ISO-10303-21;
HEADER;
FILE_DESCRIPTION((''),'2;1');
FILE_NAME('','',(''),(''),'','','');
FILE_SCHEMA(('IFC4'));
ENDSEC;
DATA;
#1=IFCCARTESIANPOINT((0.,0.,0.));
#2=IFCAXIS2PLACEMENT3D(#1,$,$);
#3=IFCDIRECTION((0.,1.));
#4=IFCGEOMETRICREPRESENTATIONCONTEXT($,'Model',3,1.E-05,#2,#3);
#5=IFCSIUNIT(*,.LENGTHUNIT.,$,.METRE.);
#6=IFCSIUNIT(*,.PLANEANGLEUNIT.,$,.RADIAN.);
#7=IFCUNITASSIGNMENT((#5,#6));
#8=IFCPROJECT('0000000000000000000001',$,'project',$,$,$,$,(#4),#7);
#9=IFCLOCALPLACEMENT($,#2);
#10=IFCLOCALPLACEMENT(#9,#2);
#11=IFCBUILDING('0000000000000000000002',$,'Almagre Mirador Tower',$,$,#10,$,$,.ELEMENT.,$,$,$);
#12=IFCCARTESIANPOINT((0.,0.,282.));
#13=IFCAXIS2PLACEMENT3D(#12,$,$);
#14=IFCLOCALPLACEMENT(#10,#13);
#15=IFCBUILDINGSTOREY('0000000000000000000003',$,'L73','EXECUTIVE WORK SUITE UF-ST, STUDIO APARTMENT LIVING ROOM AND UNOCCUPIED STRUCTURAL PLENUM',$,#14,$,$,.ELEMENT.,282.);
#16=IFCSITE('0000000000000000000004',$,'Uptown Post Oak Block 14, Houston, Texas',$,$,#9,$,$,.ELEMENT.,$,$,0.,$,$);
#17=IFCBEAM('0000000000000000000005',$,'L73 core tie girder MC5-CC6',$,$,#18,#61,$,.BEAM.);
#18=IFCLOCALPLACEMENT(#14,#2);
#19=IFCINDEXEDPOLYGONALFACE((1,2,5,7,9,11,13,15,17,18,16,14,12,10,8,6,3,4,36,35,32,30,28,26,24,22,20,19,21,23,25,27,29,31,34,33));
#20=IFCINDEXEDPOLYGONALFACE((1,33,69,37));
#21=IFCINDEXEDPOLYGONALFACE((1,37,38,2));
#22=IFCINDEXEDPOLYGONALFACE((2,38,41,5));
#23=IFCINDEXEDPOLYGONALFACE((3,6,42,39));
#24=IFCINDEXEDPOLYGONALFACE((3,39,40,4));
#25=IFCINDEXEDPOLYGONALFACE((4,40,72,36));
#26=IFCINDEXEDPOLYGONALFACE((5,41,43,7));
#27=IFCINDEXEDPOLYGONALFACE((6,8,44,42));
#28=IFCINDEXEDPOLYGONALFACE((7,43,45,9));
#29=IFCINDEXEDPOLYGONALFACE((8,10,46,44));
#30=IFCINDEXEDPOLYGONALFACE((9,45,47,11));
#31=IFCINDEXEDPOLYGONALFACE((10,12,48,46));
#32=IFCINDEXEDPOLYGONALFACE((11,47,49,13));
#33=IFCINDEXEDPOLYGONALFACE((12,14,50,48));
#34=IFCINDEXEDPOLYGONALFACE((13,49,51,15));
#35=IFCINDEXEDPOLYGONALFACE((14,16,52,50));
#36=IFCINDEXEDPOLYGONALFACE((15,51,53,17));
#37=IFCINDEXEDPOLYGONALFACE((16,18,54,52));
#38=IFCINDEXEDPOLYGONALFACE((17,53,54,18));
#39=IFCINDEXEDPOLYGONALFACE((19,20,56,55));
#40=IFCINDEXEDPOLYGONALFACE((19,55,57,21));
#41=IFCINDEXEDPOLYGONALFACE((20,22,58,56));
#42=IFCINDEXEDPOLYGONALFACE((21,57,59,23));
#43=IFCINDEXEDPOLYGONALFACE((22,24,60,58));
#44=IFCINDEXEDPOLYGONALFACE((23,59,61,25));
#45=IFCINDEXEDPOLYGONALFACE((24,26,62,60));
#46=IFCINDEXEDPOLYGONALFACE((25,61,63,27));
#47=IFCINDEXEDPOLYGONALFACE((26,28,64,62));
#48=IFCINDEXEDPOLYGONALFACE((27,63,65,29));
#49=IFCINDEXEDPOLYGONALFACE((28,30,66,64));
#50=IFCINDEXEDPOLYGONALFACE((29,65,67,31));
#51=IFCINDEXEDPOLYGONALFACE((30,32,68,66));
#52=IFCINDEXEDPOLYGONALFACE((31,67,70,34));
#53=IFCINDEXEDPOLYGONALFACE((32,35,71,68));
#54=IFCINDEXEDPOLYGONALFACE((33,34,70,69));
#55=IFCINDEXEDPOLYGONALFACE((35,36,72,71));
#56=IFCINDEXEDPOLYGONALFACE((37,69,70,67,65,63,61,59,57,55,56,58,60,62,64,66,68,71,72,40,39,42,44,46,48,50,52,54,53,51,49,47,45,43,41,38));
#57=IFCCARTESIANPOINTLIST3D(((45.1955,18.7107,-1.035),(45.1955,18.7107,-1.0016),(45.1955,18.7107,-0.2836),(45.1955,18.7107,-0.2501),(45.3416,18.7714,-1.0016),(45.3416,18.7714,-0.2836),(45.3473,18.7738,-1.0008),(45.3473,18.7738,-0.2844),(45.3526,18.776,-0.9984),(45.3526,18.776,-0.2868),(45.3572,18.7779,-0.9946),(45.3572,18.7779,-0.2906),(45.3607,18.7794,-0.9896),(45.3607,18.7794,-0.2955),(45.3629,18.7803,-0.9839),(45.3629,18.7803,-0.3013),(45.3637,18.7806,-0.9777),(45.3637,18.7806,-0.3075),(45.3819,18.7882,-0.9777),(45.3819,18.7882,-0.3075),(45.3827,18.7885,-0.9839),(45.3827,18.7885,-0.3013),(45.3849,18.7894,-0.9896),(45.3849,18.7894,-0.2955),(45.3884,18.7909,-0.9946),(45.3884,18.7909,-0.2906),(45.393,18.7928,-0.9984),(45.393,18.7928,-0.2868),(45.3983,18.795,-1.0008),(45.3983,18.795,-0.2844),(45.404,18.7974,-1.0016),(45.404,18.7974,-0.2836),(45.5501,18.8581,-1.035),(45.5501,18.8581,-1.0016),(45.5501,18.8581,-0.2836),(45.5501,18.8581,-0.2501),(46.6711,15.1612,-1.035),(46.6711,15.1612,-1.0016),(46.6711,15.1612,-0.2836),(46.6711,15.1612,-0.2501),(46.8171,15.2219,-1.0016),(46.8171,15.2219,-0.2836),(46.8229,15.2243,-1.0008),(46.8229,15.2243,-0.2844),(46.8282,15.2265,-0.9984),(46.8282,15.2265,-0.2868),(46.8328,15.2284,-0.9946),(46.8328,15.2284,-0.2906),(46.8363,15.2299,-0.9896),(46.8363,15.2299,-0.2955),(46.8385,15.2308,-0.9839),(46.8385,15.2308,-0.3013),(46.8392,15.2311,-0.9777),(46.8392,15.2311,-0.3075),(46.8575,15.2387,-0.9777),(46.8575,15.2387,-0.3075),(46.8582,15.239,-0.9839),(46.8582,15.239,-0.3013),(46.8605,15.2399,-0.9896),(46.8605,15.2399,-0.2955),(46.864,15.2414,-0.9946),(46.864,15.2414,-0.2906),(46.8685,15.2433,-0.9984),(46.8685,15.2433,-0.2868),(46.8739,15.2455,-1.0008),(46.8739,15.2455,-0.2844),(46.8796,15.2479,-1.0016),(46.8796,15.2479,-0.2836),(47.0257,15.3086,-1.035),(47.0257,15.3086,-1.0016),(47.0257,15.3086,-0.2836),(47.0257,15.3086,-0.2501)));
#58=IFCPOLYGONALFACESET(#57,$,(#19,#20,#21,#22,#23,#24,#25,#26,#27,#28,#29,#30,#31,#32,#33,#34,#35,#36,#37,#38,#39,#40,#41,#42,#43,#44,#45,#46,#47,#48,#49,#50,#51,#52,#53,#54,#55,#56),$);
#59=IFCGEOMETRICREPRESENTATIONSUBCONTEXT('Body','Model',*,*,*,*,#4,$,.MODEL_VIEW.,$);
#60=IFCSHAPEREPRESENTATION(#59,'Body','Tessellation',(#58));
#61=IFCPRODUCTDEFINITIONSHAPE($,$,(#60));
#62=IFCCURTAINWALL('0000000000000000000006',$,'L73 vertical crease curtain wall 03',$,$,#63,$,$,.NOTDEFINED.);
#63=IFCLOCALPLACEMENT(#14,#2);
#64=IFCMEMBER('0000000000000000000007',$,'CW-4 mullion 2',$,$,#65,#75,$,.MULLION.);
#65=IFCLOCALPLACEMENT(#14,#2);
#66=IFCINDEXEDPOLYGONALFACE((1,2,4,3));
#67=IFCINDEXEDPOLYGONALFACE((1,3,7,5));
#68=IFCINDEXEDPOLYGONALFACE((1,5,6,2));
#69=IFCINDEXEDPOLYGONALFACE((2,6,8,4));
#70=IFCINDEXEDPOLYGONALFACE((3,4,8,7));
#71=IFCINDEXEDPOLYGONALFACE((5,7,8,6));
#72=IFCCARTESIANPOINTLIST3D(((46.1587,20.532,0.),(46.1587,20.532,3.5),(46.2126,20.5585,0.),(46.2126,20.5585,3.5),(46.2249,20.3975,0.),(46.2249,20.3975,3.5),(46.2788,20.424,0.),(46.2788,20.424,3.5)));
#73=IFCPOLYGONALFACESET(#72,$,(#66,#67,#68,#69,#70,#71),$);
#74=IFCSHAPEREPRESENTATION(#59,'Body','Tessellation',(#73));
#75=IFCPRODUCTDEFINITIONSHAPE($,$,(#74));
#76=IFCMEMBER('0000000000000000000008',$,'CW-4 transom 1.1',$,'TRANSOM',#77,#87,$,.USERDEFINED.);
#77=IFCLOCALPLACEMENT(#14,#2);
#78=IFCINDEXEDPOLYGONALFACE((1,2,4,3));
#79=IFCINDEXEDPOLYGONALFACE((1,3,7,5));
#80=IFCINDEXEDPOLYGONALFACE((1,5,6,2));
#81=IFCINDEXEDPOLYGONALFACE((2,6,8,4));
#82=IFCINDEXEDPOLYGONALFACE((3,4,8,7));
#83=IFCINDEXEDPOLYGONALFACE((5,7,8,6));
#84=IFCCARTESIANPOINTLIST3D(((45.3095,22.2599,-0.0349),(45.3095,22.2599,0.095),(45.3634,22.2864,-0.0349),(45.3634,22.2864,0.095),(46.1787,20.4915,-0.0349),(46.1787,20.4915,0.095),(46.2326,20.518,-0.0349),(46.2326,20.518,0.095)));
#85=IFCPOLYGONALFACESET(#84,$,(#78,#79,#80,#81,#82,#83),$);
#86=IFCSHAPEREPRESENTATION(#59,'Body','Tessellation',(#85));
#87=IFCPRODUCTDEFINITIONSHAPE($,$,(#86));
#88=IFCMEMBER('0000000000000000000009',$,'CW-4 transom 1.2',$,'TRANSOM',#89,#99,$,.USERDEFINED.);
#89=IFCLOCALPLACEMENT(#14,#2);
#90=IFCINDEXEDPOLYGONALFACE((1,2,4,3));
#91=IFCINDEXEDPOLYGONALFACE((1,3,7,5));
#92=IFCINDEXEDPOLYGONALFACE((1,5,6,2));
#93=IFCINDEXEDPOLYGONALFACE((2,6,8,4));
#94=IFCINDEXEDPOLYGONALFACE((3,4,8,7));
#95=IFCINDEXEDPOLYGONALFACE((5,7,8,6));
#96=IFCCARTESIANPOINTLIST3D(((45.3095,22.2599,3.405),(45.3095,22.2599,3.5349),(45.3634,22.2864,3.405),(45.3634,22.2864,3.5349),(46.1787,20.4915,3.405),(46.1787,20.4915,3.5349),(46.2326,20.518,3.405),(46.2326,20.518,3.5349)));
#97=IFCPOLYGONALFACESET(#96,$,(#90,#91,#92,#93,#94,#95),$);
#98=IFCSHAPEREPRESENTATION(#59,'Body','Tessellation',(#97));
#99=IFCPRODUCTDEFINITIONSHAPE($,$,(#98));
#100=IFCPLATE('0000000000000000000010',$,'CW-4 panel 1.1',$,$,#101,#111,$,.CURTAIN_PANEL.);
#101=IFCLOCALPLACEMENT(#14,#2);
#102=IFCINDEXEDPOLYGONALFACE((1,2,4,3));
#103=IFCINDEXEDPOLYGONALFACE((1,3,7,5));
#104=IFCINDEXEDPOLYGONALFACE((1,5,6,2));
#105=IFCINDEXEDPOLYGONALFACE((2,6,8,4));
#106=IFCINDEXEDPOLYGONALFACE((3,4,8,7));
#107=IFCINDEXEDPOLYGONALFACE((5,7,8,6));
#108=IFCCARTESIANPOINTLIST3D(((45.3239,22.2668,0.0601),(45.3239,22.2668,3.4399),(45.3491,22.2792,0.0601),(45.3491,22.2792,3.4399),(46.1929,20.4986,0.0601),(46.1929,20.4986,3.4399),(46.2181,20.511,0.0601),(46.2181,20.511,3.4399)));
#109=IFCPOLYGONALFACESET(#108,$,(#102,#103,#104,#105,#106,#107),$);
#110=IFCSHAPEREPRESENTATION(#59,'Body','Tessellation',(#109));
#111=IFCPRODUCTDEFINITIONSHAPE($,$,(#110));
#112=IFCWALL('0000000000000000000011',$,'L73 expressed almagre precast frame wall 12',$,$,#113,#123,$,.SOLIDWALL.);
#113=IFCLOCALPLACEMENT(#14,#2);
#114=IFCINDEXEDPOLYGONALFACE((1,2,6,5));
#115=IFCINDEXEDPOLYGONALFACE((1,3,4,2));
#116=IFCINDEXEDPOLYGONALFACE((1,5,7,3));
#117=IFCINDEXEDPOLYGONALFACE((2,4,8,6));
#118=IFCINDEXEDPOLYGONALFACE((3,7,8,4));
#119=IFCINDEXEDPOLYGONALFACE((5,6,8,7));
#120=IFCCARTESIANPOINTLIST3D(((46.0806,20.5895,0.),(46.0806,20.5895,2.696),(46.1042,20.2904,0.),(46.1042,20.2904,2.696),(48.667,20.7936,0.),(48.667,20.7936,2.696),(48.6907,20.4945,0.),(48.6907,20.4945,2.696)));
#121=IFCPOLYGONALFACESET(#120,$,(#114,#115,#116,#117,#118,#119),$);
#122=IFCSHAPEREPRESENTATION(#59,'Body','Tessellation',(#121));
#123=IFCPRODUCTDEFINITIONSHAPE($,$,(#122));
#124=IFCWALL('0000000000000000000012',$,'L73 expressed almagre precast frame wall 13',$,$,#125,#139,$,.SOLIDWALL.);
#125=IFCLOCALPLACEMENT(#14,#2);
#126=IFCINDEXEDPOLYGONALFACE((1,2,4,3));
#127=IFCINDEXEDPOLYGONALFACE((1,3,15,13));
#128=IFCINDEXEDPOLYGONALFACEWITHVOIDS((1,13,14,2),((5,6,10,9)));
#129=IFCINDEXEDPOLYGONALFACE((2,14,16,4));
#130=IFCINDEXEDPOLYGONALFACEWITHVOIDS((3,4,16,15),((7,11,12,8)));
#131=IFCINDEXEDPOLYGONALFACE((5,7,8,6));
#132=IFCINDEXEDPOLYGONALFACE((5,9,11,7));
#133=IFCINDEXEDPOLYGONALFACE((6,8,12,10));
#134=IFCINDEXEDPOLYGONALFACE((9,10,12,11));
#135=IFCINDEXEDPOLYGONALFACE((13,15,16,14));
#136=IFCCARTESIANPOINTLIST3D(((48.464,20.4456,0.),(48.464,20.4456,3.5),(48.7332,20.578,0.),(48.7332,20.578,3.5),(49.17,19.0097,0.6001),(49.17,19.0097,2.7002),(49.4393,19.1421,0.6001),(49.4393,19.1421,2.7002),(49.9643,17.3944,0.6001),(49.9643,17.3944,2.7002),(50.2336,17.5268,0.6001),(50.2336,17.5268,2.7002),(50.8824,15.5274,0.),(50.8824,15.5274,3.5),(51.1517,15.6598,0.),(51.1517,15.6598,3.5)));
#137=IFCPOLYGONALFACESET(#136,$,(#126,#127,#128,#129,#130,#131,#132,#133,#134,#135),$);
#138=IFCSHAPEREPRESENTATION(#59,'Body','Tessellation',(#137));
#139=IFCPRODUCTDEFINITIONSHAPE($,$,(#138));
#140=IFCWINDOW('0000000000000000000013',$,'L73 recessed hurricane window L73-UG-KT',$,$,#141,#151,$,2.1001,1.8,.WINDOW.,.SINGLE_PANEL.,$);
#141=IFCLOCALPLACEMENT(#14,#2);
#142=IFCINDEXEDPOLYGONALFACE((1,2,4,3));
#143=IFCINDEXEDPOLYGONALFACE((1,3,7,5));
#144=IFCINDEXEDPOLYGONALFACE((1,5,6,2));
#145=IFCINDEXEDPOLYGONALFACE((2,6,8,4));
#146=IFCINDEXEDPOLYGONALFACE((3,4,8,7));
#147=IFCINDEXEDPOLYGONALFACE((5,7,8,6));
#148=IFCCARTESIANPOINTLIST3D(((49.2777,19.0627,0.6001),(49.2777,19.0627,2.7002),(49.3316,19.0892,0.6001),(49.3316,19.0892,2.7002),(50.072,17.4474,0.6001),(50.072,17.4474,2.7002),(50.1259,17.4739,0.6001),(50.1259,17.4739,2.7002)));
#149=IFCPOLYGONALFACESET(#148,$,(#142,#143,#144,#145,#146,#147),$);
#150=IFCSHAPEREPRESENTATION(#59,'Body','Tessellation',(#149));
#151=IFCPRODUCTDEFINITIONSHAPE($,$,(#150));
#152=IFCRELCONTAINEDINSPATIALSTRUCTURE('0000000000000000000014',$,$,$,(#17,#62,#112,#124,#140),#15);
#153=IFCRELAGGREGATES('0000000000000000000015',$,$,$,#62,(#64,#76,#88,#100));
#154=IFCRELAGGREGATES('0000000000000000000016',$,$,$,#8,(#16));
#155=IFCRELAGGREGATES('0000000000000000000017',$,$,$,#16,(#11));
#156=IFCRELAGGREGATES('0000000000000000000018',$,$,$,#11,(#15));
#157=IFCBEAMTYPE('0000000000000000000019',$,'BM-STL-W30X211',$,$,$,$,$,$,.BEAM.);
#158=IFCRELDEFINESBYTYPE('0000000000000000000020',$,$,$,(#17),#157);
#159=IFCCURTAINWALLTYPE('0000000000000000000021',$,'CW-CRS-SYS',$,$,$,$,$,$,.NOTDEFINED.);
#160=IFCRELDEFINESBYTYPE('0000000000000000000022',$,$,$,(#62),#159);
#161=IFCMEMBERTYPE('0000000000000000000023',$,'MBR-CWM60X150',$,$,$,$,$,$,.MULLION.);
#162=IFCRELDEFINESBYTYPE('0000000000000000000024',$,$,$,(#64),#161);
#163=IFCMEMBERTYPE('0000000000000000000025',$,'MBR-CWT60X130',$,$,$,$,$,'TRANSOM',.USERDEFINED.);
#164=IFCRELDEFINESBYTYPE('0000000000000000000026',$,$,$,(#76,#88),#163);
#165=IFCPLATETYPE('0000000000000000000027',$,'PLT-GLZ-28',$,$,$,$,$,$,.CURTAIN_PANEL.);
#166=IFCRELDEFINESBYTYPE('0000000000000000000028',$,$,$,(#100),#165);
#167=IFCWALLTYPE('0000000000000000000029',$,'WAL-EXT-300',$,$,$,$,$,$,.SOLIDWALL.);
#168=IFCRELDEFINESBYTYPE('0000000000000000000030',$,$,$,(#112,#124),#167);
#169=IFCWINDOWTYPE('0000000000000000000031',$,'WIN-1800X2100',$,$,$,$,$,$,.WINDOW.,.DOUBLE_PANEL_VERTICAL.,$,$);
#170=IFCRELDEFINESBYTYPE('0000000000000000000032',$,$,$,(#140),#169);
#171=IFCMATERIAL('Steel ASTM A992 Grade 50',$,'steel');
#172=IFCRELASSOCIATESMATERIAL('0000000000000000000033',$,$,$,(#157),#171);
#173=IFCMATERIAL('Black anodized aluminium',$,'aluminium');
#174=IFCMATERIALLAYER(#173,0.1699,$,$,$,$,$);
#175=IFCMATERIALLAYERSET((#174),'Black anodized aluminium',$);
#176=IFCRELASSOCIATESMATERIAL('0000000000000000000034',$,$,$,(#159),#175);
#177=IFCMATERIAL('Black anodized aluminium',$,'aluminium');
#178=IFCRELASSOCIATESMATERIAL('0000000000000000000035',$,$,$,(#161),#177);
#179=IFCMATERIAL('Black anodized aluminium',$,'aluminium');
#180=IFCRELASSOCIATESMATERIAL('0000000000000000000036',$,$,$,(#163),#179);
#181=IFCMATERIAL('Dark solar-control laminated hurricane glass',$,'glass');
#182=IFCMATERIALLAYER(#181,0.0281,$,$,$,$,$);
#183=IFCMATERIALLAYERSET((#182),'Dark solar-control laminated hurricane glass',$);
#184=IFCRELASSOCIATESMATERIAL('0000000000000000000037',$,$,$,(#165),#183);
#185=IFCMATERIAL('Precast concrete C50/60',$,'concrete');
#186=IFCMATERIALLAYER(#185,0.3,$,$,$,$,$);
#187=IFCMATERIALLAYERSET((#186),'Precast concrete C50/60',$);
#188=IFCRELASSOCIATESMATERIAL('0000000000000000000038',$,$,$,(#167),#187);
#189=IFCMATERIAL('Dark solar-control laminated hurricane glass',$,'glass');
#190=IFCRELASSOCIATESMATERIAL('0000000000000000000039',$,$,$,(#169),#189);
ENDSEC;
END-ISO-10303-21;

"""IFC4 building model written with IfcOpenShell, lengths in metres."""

from ifc_helpers import new_model, si_unit, direction, frame, frame_2d, origin, origin_2d, place, context, subcontext, project, spatial, rectangle, i_section, extrude, material, layer, layer_set, material_profile, profile_set, type_object, element, fill, aggregate, save


model = new_model("IFC4")

# Units and contexts
model_context = context("Model", 3, precision=1e-05, world=origin(), true_north=direction((0.0, 1.0)))
body_context = subcontext(model_context, "Body", "Model", "MODEL_VIEW")
ifc_project = project(units=[si_unit("LENGTHUNIT", "METRE"), si_unit("PLANEANGLEUNIT", "RADIAN")], contexts=[model_context])

# Site, building, storey
site_placement = place(None, origin())
site = spatial("IfcSite", under=ifc_project, at=site_placement, Name="Uptown Post Oak Block 14, Houston, Texas", CompositionType="ELEMENT", RefElevation=0.0)
building_placement = place(site_placement, origin())
building = spatial("IfcBuilding", under=site, at=building_placement, Name="Almagre Mirador Tower", CompositionType="ELEMENT")
storey_placement = place(building_placement, frame((0.0, 0.0, 282.0)))
storey = spatial("IfcBuildingStorey", under=building, at=storey_placement, Name="L73", Description="EXECUTIVE WORK SUITE UF-ST, STUDIO APARTMENT LIVING ROOM AND UNOCCUPIED STRUCTURAL PLENUM", CompositionType="ELEMENT", Elevation=282.0)

# Beam
ifc_material_1 = material(Name="Steel ASTM A992 Grade 50", Category="steel")
ifc_material_profile_1 = material_profile(ifc_material_1, i_section(OverallWidth=0.384, OverallDepth=0.7849, WebThickness=0.0198, FlangeThickness=0.0334, FilletRadius=0.0239, at=origin_2d()), Name="W30X211")
ifc_profile_set_1 = profile_set([ifc_material_profile_1], Name="Steel ASTM A992 Grade 50")
beam_type_1 = type_object("IfcBeamType", Name="BM-STL-W30X211", PredefinedType="BEAM", material=ifc_profile_set_1)
beam_1_placement = place(storey_placement, frame((45.3728, 18.7844, -0.6426), z_axis=(0.383862, -0.92339, 0.0), x_axis=(0.92339, 0.383862, 0.0)))
element("IfcBeam", 1, at=beam_1_placement, inside=storey, type_object=beam_type_1, Name="L73 core tie girder MC5-CC6", PredefinedType="BEAM", context=body_context, shape_type="SweptSolid", body=[
    extrude(i_section(OverallWidth=0.384, OverallDepth=0.7849, WebThickness=0.0198, FlangeThickness=0.0334, FilletRadius=0.0239, at=origin_2d()), origin(), (0.0, 0.0, 1.0), 3.844),
])

# Curtain wall, members, plate
ifc_material_2 = material(Name="Black anodized aluminium", Category="aluminium")
ifc_layer_1 = layer(ifc_material_2, 0.1699)
ifc_layer_set_1 = layer_set([ifc_layer_1], Name="Black anodized aluminium")
curtain_wall_type = type_object("IfcCurtainWallType", Name="CW-CRS-SYS", PredefinedType="NOTDEFINED", material=ifc_layer_set_1)
curtain_wall_placement = place(storey_placement, origin())
curtain_wall = element("IfcCurtainWall", 2, at=curtain_wall_placement, inside=storey, type_object=curtain_wall_type, Name="L73 vertical crease curtain wall 03", PredefinedType="NOTDEFINED")
ifc_material_3 = material(Name="Black anodized aluminium", Category="aluminium")
ifc_material_profile_2 = material_profile(ifc_material_3, rectangle(XDim=0.0601, YDim=0.1499, at=origin_2d()), Name="CWM60X150")
ifc_profile_set_2 = profile_set([ifc_material_profile_2], Name="Black anodized aluminium")
member_type_1 = type_object("IfcMemberType", Name="MBR-CWM60X150", PredefinedType="MULLION", material=ifc_profile_set_2)
member_1_placement = place(storey_placement, frame((46.2188, 20.478, 0.0), z_axis=(0.0, 0.0, 1.0), x_axis=(0.897468, 0.44108, 0.0)))
member_1 = element("IfcMember", 3, at=member_1_placement, type_object=member_type_1, Name="CW-4 mullion 2", PredefinedType="MULLION", context=body_context, shape_type="SweptSolid", body=[
    extrude(rectangle(XDim=0.0601, YDim=0.1499, at=origin_2d()), origin(), (0.0, 0.0, 1.0), 3.5),
])
ifc_material_4 = material(Name="Black anodized aluminium", Category="aluminium")
ifc_material_profile_3 = material_profile(ifc_material_4, rectangle(XDim=0.0601, YDim=0.1299, at=origin_2d()), Name="CWT60X130")
ifc_profile_set_3 = profile_set([ifc_material_profile_3], Name="Black anodized aluminium")
member_type_2 = type_object("IfcMemberType", Name="MBR-CWT60X130", ElementType="TRANSOM", PredefinedType="USERDEFINED", material=ifc_profile_set_3)
member_2_placement = place(storey_placement, frame((45.3364, 22.2732, 0.03), z_axis=(0.441107, -0.897455, 0.0), x_axis=(0.897455, 0.441107, 0.0)))
member_2 = element("IfcMember", 4, at=member_2_placement, type_object=member_type_2, Name="CW-4 transom 1.1", ObjectType="TRANSOM", PredefinedType="USERDEFINED", context=body_context, shape_type="SweptSolid", body=[
    extrude(rectangle(XDim=0.0601, YDim=0.1299, at=origin_2d()), origin(), (0.0, 0.0, 1.0), 1.9705),
])
member_3_placement = place(storey_placement, frame((45.3364, 22.2732, 3.47), z_axis=(0.441107, -0.897455, 0.0), x_axis=(0.897455, 0.441107, 0.0)))
member_3 = element("IfcMember", 5, at=member_3_placement, type_object=member_type_2, Name="CW-4 transom 1.2", ObjectType="TRANSOM", PredefinedType="USERDEFINED", context=body_context, shape_type="SweptSolid", body=[
    extrude(rectangle(XDim=0.0601, YDim=0.1299, at=origin_2d()), origin(), (0.0, 0.0, 1.0), 1.9705),
])
ifc_material_5 = material(Name="Dark solar-control laminated hurricane glass", Category="glass")
ifc_layer_2 = layer(ifc_material_5, 0.0281)
ifc_layer_set_2 = layer_set([ifc_layer_2], Name="Dark solar-control laminated hurricane glass")
plate_type = type_object("IfcPlateType", Name="PLT-GLZ-28", PredefinedType="CURTAIN_PANEL", material=ifc_layer_set_2)
plate_placement = place(storey_placement, frame((45.771, 21.3889, 0.0601), z_axis=(0.0, 0.0, 1.0), x_axis=(0.44108, -0.897468, 0.0)))
plate = element("IfcPlate", 6, at=plate_placement, type_object=plate_type, Name="CW-4 panel 1.1", PredefinedType="CURTAIN_PANEL", context=body_context, shape_type="SweptSolid", body=[
    extrude(rectangle(XDim=1.9702, YDim=0.0281, at=origin_2d()), origin(), (0.0, 0.0, 1.0), 3.3799),
])
aggregate(curtain_wall, [member_1, member_2, member_3, plate])

# Wall
ifc_material_6 = material(Name="Precast concrete C50/60", Category="concrete")
ifc_layer_3 = layer(ifc_material_6, 0.3)
ifc_layer_set_3 = layer_set([ifc_layer_3], Name="Precast concrete C50/60")
wall_type_1 = type_object("IfcWallType", Name="WAL-EXT-300", PredefinedType="SOLIDWALL", material=ifc_layer_set_3)
wall_1_placement = place(storey_placement, frame((46.0923, 20.4399, 0.0), z_axis=(0.0, 0.0, 1.0), x_axis=(0.996901, 0.078668, 0.0)))
element("IfcWall", 7, at=wall_1_placement, inside=storey, type_object=wall_type_1, Name="L73 expressed almagre precast frame wall 12", PredefinedType="SOLIDWALL", context=body_context, shape_type="SweptSolid", body=[
    extrude(rectangle(XDim=2.5945, YDim=0.3, at=frame_2d((1.2974, 0.0))), origin(), (0.0, 0.0, 1.0), 2.696),
])

# Wall, opening, window
wall_2_placement = place(storey_placement, frame((48.5986, 20.5117, 0.0), z_axis=(0.0, 0.0, 1.0), x_axis=(0.44127, -0.897374, 0.0)))
wall_2 = element("IfcWall", 8, at=wall_2_placement, inside=storey, type_object=wall_type_1, Name="L73 expressed almagre precast frame wall 13", PredefinedType="SOLIDWALL", context=body_context, shape_type="SweptSolid", body=[
    extrude(rectangle(XDim=5.4807, YDim=0.3, at=frame_2d((2.7402, 0.0))), origin(), (0.0, 0.0, 1.0), 3.5),
])
opening_1_placement = place(wall_2_placement, frame((1.6001, 0.0, 0.6001)))
opening_1 = element("IfcOpeningElement", 9, at=opening_1_placement, cuts=wall_2, PredefinedType="OPENING", context=body_context, shape_type="SweptSolid", body=[
    extrude(rectangle(XDim=1.8, YDim=2.1001, at=frame_2d((0.8999, 1.05))), frame((0.0, 0.1599, 0.0), z_axis=(0.0, -1.0, 0.0), x_axis=(1.0, 0.0, 0.0)), (0.0, 0.0, 1.0), 0.32),
])
ifc_material_7 = material(Name="Dark solar-control laminated hurricane glass", Category="glass")
window_type_1 = type_object("IfcWindowType", Name="WIN-1800X2100", PartitioningType="DOUBLE_PANEL_VERTICAL", PredefinedType="WINDOW", material=ifc_material_7)
window_1_placement = place(opening_1_placement, origin())
window_1 = element("IfcWindow", 10, at=window_1_placement, inside=storey, type_object=window_type_1, Name="L73 recessed hurricane window L73-UG-KT", OverallHeight=2.1001, OverallWidth=1.8, PartitioningType="SINGLE_PANEL", PredefinedType="WINDOW", context=body_context, shape_type="SweptSolid", body=[
    extrude(rectangle(XDim=1.8, YDim=2.1001, at=frame_2d((0.8999, 1.05))), frame((0.0, 0.03, 0.0), z_axis=(0.0, -1.0, 0.0), x_axis=(1.0, 0.0, 0.0)), (0.0, 0.0, 1.0), 0.0601),
])
fill(opening_1, window_1)

save(model, "model.ifc")
